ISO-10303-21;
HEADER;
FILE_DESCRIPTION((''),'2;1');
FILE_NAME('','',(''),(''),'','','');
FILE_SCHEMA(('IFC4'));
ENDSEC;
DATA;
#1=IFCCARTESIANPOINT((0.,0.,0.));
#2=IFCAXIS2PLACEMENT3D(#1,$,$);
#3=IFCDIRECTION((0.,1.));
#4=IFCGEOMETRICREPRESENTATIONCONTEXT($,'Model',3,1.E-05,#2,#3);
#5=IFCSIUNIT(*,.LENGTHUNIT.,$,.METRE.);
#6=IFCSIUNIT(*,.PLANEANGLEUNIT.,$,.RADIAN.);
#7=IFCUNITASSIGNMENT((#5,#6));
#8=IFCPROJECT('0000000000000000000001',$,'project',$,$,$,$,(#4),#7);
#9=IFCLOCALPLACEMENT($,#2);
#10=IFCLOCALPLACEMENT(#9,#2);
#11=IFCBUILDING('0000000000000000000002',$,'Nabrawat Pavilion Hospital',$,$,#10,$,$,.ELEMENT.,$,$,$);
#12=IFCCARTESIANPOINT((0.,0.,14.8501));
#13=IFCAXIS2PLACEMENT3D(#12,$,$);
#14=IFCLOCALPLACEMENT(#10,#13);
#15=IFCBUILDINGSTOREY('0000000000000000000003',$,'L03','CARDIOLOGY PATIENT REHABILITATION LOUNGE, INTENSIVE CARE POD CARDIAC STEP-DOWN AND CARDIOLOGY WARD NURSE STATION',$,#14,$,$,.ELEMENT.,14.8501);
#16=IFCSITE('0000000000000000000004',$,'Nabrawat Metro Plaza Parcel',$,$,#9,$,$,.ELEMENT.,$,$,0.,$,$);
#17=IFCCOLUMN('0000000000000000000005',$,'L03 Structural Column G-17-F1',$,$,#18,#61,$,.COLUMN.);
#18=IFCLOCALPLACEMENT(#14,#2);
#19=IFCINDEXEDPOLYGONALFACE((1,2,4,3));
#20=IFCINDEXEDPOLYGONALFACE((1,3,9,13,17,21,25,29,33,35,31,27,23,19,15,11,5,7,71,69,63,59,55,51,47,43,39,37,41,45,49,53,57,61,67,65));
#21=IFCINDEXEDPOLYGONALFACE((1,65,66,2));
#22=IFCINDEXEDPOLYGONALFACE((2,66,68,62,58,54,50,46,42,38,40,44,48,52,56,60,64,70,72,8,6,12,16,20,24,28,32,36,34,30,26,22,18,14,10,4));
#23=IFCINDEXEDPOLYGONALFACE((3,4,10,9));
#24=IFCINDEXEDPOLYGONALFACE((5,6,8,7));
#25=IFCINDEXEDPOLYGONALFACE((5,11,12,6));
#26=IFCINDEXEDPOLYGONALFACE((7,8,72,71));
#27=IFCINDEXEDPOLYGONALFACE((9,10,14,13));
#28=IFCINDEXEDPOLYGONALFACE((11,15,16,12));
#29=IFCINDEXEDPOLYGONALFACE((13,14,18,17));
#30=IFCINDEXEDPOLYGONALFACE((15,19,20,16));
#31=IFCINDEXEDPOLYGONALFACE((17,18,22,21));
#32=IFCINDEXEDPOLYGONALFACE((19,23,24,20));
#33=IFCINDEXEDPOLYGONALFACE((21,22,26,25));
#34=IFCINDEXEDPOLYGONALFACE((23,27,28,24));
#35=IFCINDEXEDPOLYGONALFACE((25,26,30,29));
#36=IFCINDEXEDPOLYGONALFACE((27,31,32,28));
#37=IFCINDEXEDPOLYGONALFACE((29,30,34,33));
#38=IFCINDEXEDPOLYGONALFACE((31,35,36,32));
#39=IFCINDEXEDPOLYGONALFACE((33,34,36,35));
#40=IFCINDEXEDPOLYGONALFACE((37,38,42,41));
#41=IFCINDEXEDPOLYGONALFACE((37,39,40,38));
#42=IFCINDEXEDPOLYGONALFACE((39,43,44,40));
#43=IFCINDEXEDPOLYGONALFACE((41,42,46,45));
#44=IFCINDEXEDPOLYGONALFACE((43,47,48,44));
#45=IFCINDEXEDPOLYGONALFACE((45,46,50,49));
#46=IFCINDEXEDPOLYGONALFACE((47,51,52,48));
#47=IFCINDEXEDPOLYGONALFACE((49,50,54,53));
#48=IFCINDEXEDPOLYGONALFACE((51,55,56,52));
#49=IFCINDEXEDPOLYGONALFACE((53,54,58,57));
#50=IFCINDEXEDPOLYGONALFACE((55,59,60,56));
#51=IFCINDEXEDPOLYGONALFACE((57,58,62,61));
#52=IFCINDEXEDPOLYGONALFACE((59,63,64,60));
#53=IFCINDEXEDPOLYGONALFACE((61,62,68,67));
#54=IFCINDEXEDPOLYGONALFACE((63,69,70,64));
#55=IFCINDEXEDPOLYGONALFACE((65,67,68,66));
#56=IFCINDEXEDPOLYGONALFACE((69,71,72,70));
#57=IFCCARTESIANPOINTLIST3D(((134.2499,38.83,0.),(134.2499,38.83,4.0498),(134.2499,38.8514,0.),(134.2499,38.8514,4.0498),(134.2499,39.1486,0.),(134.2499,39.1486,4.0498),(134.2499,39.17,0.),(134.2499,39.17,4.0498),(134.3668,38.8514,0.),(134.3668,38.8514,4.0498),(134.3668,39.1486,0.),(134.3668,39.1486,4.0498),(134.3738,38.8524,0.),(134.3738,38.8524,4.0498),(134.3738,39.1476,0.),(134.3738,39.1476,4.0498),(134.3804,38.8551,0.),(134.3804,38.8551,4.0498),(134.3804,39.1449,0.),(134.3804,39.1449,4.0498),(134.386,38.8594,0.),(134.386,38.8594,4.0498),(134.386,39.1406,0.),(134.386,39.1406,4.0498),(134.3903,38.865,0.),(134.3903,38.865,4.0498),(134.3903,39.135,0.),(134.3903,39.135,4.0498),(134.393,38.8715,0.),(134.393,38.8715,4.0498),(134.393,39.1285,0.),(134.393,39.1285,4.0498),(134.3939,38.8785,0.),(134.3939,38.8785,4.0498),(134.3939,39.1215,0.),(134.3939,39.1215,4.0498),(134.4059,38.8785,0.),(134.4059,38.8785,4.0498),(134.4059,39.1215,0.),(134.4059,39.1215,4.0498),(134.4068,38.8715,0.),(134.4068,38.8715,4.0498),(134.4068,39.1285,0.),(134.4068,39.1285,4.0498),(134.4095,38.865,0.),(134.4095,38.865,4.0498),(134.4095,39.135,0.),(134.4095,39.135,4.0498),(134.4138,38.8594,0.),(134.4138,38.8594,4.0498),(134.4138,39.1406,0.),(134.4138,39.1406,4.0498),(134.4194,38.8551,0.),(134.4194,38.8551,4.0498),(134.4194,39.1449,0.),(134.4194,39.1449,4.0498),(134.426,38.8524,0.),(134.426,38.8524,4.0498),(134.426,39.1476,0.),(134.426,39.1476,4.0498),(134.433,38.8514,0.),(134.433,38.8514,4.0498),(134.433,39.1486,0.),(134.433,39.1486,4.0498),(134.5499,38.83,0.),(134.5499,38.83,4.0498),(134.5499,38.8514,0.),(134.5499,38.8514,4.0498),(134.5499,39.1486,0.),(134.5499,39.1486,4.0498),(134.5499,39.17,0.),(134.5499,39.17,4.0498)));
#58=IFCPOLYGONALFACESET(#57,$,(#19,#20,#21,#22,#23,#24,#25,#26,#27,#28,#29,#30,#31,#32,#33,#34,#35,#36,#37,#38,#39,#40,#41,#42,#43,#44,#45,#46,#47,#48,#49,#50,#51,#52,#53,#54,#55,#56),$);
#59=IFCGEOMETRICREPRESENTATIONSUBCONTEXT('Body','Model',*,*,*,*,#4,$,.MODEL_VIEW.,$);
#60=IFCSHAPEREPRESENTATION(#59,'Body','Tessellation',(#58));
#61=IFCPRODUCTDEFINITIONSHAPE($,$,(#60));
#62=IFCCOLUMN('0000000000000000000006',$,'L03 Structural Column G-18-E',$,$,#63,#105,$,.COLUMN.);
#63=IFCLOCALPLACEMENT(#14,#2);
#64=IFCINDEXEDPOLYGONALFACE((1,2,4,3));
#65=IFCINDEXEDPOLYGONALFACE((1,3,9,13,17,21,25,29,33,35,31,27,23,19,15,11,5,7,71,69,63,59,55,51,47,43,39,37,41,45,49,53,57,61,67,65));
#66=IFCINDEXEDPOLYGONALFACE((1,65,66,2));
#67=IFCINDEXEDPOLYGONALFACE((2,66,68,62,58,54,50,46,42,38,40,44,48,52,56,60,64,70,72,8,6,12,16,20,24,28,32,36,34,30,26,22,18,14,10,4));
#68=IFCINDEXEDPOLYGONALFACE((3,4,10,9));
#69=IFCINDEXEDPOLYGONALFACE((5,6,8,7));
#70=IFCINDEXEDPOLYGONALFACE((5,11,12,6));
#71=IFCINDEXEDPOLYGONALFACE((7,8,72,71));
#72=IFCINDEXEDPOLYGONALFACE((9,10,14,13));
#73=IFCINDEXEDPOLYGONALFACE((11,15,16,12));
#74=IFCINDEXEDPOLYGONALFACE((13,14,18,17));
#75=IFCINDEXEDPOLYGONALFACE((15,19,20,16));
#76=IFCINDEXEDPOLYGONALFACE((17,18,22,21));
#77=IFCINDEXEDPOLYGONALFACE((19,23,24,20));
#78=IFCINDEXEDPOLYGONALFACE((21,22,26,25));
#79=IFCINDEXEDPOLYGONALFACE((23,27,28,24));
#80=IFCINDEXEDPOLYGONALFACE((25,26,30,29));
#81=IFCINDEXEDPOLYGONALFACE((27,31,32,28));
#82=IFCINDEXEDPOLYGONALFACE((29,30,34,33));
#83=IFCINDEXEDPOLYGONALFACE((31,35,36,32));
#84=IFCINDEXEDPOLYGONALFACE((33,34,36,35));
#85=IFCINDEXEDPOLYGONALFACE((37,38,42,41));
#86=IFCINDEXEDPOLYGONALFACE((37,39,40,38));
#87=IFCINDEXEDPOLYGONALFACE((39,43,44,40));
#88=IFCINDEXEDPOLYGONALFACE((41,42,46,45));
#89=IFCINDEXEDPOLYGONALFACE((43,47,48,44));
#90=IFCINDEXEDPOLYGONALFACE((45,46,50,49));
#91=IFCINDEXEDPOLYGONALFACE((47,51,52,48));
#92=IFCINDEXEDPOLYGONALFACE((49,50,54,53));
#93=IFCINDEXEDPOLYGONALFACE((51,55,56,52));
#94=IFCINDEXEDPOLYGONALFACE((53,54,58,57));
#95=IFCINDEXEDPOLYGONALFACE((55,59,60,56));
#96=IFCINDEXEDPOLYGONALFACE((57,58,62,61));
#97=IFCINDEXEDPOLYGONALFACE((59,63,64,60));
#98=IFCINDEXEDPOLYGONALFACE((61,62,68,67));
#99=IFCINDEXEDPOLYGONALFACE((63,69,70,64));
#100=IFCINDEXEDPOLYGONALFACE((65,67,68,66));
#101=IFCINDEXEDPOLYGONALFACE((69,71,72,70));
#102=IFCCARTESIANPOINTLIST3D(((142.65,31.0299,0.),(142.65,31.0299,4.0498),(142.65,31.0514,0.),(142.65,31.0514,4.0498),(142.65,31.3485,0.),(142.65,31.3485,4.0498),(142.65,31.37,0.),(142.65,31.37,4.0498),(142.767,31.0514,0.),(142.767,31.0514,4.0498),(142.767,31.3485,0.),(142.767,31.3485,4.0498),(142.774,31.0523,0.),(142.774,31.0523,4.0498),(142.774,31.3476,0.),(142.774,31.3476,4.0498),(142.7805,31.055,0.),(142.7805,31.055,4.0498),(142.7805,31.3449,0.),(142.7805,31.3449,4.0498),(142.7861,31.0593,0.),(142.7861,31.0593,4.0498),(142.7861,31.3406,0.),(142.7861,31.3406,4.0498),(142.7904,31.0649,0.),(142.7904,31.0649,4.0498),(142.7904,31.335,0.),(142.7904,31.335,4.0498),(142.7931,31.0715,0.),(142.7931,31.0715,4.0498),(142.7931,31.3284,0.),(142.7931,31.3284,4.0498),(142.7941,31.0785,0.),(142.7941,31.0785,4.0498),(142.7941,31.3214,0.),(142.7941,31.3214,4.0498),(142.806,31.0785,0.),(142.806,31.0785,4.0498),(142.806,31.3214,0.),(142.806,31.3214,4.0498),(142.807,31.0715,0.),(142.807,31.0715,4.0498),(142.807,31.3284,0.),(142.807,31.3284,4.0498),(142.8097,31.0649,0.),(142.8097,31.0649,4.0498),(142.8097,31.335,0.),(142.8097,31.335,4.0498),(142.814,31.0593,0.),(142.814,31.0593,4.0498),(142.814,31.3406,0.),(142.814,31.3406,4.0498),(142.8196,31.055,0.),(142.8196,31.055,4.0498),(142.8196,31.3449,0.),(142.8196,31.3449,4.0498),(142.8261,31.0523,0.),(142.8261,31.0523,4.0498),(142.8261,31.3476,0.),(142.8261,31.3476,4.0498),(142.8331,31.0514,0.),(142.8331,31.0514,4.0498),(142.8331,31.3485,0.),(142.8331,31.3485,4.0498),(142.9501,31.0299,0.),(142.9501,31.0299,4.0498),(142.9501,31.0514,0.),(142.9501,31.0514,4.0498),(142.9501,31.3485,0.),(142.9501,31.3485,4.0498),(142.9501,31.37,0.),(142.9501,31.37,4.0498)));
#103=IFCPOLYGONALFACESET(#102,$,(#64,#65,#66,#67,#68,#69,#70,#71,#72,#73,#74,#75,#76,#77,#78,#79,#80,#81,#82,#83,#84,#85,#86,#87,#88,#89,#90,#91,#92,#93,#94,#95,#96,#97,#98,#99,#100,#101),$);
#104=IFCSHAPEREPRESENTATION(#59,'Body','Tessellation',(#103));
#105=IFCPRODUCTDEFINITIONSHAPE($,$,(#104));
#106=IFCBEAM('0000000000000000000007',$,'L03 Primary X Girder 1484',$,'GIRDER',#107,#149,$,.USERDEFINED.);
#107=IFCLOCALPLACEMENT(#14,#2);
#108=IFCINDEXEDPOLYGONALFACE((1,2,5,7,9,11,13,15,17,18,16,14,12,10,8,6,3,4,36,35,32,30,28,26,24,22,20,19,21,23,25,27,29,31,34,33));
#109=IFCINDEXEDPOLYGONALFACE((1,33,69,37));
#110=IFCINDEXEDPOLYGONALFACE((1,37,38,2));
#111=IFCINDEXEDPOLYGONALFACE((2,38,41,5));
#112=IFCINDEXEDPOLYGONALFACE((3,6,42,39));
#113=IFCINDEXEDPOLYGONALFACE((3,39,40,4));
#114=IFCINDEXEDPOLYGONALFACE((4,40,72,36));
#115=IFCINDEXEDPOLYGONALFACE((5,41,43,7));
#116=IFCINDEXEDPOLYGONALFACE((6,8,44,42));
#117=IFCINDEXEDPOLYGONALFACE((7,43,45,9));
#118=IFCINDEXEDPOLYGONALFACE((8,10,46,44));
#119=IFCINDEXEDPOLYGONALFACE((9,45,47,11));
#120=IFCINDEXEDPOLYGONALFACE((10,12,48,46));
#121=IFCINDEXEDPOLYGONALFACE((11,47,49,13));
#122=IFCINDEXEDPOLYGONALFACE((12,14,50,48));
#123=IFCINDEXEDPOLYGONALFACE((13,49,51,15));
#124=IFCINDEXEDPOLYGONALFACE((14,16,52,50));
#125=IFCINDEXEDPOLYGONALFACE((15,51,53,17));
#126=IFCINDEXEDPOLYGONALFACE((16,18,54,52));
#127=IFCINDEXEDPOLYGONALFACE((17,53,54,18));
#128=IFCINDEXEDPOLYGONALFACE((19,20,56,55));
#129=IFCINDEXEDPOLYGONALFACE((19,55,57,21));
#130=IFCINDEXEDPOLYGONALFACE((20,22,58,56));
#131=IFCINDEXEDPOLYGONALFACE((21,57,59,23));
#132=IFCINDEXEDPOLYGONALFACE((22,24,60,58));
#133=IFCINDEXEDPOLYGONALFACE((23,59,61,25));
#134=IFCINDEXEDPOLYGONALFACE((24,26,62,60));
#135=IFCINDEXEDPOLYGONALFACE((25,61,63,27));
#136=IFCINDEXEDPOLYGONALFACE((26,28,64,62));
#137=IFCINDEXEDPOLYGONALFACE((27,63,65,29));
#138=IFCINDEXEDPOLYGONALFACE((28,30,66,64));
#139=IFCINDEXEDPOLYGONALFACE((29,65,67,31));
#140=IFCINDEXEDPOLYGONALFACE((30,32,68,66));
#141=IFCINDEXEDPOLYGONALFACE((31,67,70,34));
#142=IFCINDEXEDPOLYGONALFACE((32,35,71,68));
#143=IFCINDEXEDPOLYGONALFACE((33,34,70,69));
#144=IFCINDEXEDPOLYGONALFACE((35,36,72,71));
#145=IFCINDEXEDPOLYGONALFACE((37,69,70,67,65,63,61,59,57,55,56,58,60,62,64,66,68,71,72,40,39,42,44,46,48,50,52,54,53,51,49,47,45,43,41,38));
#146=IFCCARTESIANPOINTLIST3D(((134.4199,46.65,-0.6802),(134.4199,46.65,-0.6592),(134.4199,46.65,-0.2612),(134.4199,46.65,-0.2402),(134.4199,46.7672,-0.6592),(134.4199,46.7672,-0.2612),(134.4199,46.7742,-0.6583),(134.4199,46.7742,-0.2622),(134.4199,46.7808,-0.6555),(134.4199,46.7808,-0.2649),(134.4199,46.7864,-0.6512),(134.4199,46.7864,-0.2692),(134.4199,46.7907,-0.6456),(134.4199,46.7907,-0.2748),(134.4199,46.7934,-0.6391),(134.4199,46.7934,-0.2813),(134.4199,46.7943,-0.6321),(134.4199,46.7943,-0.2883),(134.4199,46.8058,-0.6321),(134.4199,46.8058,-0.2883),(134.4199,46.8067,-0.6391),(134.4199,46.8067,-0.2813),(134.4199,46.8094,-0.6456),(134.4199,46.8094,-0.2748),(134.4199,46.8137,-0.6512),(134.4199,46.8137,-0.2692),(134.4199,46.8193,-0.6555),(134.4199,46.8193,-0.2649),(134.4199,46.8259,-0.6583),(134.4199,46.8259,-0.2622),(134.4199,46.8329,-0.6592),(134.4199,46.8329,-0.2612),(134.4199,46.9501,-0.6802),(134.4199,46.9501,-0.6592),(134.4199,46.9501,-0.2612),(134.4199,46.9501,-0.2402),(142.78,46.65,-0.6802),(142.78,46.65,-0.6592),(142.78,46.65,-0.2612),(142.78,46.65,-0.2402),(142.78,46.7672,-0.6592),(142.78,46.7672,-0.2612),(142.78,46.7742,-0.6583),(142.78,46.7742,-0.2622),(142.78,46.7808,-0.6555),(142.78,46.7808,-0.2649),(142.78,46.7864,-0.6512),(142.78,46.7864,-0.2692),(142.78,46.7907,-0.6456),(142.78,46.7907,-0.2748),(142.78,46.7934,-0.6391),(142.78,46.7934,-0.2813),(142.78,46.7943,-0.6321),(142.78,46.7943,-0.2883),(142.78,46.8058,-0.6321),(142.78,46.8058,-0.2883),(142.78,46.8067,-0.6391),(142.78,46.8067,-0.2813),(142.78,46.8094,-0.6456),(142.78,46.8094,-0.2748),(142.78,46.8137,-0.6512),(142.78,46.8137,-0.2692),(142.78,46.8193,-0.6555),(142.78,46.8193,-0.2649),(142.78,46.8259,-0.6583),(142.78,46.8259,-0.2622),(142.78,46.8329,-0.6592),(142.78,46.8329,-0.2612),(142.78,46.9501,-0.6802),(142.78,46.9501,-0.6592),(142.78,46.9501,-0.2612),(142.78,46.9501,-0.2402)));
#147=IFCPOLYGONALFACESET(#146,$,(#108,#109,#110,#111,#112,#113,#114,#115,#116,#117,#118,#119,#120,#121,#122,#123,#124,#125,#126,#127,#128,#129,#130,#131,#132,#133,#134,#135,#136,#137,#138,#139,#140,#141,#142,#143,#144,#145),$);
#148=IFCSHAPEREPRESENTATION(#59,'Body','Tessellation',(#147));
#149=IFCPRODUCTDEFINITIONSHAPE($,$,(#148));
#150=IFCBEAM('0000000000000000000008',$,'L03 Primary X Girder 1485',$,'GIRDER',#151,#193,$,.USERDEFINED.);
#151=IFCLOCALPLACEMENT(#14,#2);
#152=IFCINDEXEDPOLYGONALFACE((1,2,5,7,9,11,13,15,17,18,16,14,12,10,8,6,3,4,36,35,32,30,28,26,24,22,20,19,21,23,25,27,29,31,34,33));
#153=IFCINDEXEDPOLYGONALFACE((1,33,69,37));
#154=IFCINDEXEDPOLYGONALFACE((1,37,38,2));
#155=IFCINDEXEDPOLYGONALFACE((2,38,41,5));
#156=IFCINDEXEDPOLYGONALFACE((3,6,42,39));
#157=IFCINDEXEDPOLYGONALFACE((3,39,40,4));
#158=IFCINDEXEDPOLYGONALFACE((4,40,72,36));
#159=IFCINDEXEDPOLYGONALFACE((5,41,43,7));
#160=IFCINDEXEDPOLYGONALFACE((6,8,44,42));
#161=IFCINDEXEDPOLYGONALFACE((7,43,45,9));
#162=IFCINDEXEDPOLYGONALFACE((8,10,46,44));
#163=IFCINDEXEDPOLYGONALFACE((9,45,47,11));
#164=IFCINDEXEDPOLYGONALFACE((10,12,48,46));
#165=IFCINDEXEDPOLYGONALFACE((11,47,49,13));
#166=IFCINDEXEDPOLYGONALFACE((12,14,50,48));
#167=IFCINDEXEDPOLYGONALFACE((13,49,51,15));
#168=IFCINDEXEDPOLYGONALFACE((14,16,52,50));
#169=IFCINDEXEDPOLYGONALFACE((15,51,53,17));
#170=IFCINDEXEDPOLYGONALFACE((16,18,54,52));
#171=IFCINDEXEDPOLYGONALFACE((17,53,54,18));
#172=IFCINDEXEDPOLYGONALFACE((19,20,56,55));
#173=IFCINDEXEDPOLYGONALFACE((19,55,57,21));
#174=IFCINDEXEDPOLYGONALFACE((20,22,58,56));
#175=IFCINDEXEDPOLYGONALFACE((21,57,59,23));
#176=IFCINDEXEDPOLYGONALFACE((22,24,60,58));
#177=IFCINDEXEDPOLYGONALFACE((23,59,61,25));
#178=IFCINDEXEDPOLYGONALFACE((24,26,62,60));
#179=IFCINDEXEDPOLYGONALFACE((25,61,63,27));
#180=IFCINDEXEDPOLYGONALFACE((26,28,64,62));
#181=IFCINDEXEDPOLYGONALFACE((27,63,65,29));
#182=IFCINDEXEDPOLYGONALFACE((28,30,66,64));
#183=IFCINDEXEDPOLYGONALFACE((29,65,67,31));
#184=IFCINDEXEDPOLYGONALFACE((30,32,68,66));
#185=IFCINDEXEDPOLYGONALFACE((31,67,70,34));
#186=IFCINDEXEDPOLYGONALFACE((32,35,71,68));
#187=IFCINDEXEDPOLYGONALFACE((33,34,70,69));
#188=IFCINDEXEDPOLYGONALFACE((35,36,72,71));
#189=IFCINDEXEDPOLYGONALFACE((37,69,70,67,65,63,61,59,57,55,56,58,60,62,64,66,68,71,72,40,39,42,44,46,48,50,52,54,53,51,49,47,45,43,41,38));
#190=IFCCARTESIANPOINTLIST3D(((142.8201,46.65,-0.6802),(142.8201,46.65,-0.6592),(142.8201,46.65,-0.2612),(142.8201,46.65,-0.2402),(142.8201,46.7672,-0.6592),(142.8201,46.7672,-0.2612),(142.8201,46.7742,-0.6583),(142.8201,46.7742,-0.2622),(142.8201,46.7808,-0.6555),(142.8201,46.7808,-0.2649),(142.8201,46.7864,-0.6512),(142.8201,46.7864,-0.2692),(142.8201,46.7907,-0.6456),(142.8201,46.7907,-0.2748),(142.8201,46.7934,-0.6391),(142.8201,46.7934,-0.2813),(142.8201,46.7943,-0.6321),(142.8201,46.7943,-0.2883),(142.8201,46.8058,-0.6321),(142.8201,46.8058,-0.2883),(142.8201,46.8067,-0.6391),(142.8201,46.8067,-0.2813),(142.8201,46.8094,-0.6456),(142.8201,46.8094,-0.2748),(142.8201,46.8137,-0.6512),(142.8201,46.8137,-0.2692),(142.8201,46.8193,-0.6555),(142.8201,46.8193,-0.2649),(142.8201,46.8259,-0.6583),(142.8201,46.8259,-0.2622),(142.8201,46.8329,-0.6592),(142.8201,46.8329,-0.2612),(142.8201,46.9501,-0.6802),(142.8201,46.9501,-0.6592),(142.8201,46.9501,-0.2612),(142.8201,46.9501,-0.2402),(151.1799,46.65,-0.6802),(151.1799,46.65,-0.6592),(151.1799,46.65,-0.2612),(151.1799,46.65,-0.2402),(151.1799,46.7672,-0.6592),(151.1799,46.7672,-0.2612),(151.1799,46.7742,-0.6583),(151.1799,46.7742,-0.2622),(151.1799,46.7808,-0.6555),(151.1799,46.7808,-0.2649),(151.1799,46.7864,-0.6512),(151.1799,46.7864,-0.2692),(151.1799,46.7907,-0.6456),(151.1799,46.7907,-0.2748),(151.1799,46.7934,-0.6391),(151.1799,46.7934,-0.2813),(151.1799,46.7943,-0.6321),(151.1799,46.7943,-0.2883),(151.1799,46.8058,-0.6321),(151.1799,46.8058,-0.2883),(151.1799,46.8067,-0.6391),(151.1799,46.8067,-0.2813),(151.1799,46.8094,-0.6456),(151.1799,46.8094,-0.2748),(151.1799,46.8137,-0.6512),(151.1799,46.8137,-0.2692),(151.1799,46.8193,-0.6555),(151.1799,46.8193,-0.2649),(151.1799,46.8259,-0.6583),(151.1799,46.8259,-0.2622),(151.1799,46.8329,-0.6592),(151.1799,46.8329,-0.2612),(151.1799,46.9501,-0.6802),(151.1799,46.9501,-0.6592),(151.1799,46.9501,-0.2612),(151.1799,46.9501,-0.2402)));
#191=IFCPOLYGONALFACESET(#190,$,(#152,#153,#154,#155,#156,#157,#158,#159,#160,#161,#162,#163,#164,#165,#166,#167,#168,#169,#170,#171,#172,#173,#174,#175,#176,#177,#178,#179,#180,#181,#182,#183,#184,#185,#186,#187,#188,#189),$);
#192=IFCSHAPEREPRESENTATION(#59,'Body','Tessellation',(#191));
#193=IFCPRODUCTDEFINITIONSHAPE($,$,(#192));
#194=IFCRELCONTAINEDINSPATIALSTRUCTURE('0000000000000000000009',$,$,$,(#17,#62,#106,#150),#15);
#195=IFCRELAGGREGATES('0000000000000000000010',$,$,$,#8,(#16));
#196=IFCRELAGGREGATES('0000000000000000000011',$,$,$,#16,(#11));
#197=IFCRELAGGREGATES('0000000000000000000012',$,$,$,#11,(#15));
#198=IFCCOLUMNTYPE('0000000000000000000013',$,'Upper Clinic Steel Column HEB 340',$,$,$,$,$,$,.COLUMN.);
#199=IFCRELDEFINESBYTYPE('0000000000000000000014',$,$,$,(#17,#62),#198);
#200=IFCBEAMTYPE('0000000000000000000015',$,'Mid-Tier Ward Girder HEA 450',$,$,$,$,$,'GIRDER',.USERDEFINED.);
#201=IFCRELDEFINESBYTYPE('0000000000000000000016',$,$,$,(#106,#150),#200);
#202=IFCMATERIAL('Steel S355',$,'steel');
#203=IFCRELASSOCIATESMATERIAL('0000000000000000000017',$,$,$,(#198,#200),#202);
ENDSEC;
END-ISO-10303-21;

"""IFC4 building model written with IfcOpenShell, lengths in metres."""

from ifc_helpers import new_model, si_unit, direction, frame, origin, origin_2d, place, context, subcontext, project, spatial, i_section, extrude, material, material_profile, profile_set, type_object, element, save


model = new_model("IFC4")

# Units and contexts
model_context = context("Model", 3, precision=1e-05, world=origin(), true_north=direction((0.0, 1.0)))
body_context = subcontext(model_context, "Body", "Model", "MODEL_VIEW")
ifc_project = project(units=[si_unit("LENGTHUNIT", "METRE"), si_unit("PLANEANGLEUNIT", "RADIAN")], contexts=[model_context])

# Site, building, storey
site_placement = place(None, origin())
site = spatial("IfcSite", under=ifc_project, at=site_placement, Name="Nabrawat Metro Plaza Parcel", CompositionType="ELEMENT", RefElevation=0.0)
building_placement = place(site_placement, origin())
building = spatial("IfcBuilding", under=site, at=building_placement, Name="Nabrawat Pavilion Hospital", CompositionType="ELEMENT")
storey_placement = place(building_placement, frame((0.0, 0.0, 14.8501)))
storey = spatial("IfcBuildingStorey", under=building, at=storey_placement, Name="L03", Description="CARDIOLOGY PATIENT REHABILITATION LOUNGE, INTENSIVE CARE POD CARDIAC STEP-DOWN AND CARDIOLOGY WARD NURSE STATION", CompositionType="ELEMENT", Elevation=14.8501)

# Columns
ifc_material_1 = material(Name="Steel S355", Category="steel")
ifc_material_profile_1 = material_profile(ifc_material_1, i_section(OverallWidth=0.3, OverallDepth=0.3401, WebThickness=0.012, FlangeThickness=0.0215, FilletRadius=0.0271, at=origin_2d()), Name="HEB 340")
ifc_profile_set_1 = profile_set([ifc_material_profile_1], Name="Steel S355")
column_type_1 = type_object("IfcColumnType", Name="Upper Clinic Steel Column HEB 340", PredefinedType="COLUMN", material=ifc_profile_set_1)
for number, where, z_axis, x_axis, name in (
    (1, (134.3999, 39.0, 0.0), (0.0, 0.0, 1.0), (1.0, 0.0, 0.0), "L03 Structural Column G-17-F1"),
    (2, (142.8, 31.2, 0.0), (0.0, 0.0, 1.0), (1.0, 0.0, 0.0), "L03 Structural Column G-18-E"),
):
    element("IfcColumn", number, at=place(storey_placement, frame(where, z_axis=z_axis, x_axis=x_axis)), inside=storey, type_object=column_type_1, Name=name, PredefinedType="COLUMN", context=body_context, shape_type="SweptSolid", body=[
        extrude(i_section(OverallWidth=0.3, OverallDepth=0.3401, WebThickness=0.012, FlangeThickness=0.0215, FilletRadius=0.0271, at=origin_2d()), origin(), (0.0, 0.0, 1.0), 4.0498),
    ])

# Beams
ifc_material_profile_2 = material_profile(ifc_material_1, i_section(OverallWidth=0.3, OverallDepth=0.4399, WebThickness=0.0115, FlangeThickness=0.021, FilletRadius=0.0271, at=origin_2d()), Name="HEA 450")
ifc_profile_set_2 = profile_set([ifc_material_profile_2], Name="Steel S355")
beam_type_1 = type_object("IfcBeamType", Name="Mid-Tier Ward Girder HEA 450", ElementType="GIRDER", PredefinedType="USERDEFINED", material=ifc_profile_set_2)
beam_1_placement = place(storey_placement, frame((134.4199, 46.8, -0.4602), z_axis=(1.0, 0.0, 0.0), x_axis=(0.0, 1.0, 0.0)))
element("IfcBeam", 3, at=beam_1_placement, inside=storey, type_object=beam_type_1, Name="L03 Primary X Girder 1484", ObjectType="GIRDER", PredefinedType="USERDEFINED", context=body_context, shape_type="SweptSolid", body=[
    extrude(i_section(OverallWidth=0.3, OverallDepth=0.4399, WebThickness=0.0115, FlangeThickness=0.021, FilletRadius=0.0271, at=origin_2d()), origin(), (0.0, 0.0, 1.0), 8.3601),
])
beam_2_placement = place(storey_placement, frame((142.8201, 46.8, -0.4602), z_axis=(1.0, 0.0, 0.0), x_axis=(0.0, 1.0, 0.0)))
element("IfcBeam", 4, at=beam_2_placement, inside=storey, type_object=beam_type_1, Name="L03 Primary X Girder 1485", ObjectType="GIRDER", PredefinedType="USERDEFINED", context=body_context, shape_type="SweptSolid", body=[
    extrude(i_section(OverallWidth=0.3, OverallDepth=0.4399, WebThickness=0.0115, FlangeThickness=0.021, FilletRadius=0.0271, at=origin_2d()), origin(), (0.0, 0.0, 1.0), 8.3599),
])

save(model, "model.ifc")
